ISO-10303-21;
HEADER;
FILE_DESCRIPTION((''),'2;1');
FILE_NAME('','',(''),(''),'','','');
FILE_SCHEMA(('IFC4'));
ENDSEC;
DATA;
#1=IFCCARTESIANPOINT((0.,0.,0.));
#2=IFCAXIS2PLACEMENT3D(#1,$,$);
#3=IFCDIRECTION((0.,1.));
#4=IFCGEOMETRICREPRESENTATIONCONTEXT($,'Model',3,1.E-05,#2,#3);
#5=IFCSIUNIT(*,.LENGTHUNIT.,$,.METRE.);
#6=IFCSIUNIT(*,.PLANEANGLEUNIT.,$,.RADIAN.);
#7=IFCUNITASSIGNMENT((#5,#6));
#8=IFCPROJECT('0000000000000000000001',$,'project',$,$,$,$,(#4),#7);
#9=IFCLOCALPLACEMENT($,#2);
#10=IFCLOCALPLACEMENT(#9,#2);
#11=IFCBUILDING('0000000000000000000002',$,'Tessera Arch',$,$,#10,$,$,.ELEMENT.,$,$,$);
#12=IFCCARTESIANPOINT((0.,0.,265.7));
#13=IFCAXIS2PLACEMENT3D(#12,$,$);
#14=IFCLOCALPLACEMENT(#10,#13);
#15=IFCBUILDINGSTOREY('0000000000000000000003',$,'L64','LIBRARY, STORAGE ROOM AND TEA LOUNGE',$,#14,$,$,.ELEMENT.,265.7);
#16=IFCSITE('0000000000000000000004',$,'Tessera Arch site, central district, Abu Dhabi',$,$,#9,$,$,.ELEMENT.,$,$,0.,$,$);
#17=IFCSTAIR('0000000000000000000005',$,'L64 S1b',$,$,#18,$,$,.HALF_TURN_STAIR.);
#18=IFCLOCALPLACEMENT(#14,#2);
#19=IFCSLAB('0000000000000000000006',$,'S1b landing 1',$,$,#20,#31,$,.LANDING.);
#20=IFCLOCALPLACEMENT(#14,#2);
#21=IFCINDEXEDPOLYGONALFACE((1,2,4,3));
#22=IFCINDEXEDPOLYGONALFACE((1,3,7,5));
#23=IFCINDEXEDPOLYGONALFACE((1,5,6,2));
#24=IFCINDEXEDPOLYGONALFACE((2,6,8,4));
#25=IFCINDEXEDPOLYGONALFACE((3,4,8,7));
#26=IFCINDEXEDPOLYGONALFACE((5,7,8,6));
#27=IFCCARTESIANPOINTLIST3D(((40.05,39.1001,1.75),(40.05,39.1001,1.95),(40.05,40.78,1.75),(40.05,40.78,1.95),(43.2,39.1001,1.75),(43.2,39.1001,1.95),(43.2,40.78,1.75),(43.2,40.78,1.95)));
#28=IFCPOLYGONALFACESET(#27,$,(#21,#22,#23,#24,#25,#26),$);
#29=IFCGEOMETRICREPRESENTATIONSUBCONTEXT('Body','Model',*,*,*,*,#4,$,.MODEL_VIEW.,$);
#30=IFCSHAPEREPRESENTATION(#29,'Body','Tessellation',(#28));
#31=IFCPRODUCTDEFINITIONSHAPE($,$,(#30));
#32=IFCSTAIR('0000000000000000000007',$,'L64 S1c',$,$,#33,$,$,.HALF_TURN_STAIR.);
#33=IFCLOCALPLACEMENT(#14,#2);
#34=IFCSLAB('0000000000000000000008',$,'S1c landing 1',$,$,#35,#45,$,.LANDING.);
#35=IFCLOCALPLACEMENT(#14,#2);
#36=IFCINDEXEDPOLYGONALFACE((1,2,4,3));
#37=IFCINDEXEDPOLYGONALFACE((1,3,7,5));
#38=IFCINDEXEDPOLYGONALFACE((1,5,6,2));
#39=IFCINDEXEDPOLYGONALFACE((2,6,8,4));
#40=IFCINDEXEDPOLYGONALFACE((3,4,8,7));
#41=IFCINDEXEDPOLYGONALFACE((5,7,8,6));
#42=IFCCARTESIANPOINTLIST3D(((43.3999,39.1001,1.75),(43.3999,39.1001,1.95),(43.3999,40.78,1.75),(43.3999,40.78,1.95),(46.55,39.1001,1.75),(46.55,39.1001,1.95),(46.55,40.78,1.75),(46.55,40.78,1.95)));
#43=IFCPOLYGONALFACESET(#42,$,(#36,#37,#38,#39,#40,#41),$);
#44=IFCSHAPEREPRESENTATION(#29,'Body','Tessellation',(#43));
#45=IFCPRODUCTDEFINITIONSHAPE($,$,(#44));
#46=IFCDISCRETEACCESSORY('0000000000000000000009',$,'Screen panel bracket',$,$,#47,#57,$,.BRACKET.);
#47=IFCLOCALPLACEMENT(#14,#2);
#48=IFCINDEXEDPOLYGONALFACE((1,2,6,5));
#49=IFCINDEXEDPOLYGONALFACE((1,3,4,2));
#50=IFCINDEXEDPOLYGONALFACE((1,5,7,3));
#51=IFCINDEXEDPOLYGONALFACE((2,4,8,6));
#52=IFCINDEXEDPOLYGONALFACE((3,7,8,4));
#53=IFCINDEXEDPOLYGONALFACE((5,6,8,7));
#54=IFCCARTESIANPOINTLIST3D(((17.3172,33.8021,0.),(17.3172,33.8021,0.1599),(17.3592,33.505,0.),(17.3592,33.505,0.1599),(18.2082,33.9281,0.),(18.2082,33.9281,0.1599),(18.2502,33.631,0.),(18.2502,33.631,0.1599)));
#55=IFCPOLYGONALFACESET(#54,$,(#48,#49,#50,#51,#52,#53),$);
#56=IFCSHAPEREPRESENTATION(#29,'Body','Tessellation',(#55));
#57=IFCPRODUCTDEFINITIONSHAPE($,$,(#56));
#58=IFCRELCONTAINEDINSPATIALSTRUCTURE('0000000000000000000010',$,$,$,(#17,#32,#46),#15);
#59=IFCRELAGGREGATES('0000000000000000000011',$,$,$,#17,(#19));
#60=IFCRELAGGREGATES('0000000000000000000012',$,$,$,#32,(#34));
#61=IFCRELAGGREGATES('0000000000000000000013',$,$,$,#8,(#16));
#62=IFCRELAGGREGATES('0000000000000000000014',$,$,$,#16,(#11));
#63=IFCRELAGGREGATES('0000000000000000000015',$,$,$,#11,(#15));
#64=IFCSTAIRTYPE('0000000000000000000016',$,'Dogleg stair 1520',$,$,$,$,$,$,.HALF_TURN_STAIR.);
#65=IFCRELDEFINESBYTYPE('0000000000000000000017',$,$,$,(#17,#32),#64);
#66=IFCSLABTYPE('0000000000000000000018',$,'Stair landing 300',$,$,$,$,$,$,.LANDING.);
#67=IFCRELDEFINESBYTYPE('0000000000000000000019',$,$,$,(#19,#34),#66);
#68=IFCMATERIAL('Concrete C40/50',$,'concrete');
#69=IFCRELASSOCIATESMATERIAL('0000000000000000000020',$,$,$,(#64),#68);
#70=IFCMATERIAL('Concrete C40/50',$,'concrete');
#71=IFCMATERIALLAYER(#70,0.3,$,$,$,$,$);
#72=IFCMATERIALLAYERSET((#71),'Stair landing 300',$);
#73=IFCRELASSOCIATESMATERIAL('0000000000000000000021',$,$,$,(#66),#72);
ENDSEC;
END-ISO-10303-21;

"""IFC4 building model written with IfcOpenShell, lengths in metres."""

from ifc_helpers import new_model, si_unit, direction, frame, origin, origin_2d, place, context, subcontext, project, spatial, polyline, rectangle, outline, extrude, material, layer, layer_set, type_object, element, aggregate, save


model = new_model("IFC4")

# Units and contexts
model_context = context("Model", 3, precision=1e-05, world=origin(), true_north=direction((0.0, 1.0)))
body_context = subcontext(model_context, "Body", "Model", "MODEL_VIEW")
ifc_project = project(units=[si_unit("LENGTHUNIT", "METRE"), si_unit("PLANEANGLEUNIT", "RADIAN")], contexts=[model_context])

# Site, building, storey
site_placement = place(None, origin())
site = spatial("IfcSite", under=ifc_project, at=site_placement, Name="Tessera Arch site, central district, Abu Dhabi", CompositionType="ELEMENT", RefElevation=0.0)
building_placement = place(site_placement, origin())
building = spatial("IfcBuilding", under=site, at=building_placement, Name="Tessera Arch", CompositionType="ELEMENT")
storey_placement = place(building_placement, frame((0.0, 0.0, 265.7)))
storey = spatial("IfcBuildingStorey", under=building, at=storey_placement, Name="L64", Description="LIBRARY, STORAGE ROOM AND TEA LOUNGE", CompositionType="ELEMENT", Elevation=265.7)

# Stairs, slabs
ifc_material_1 = material(Name="Concrete C40/50", Category="concrete")
stair_type = type_object("IfcStairType", Name="Dogleg stair 1520", PredefinedType="HALF_TURN_STAIR", material=ifc_material_1)
ifc_material_2 = material(Name="Concrete C40/50", Category="concrete")
ifc_layer_1 = layer(ifc_material_2, 0.3)
ifc_layer_set_1 = layer_set([ifc_layer_1], Name="Stair landing 300")
slab_type_1 = type_object("IfcSlabType", Name="Stair landing 300", PredefinedType="LANDING", material=ifc_layer_set_1)
stair_1_placement = place(storey_placement, origin())
stair_1 = element("IfcStair", 1, at=stair_1_placement, inside=storey, type_object=stair_type, Name="L64 S1b", PredefinedType="HALF_TURN_STAIR")
slab_1_placement = place(storey_placement, frame((0.0, 0.0, 1.75)))
slab_1 = element("IfcSlab", 2, at=slab_1_placement, type_object=slab_type_1, Name="S1b landing 1", PredefinedType="LANDING", context=body_context, shape_type="SweptSolid", body=[
    extrude(outline(polyline([(40.05, 40.78), (40.05, 39.1001), (43.2, 39.1001), (43.2, 40.78), (40.05, 40.78)])), origin(), (0.0, 0.0, 1.0), 0.2),
])
aggregate(stair_1, [slab_1])
stair_2_placement = place(storey_placement, origin())
stair_2 = element("IfcStair", 3, at=stair_2_placement, inside=storey, type_object=stair_type, Name="L64 S1c", PredefinedType="HALF_TURN_STAIR")
slab_2_placement = place(storey_placement, frame((0.0, 0.0, 1.75)))
slab_2 = element("IfcSlab", 4, at=slab_2_placement, type_object=slab_type_1, Name="S1c landing 1", PredefinedType="LANDING", context=body_context, shape_type="SweptSolid", body=[
    extrude(outline(polyline([(43.3999, 40.78), (43.3999, 39.1001), (46.55, 39.1001), (46.55, 40.78), (43.3999, 40.78)])), origin(), (0.0, 0.0, 1.0), 0.2),
])
aggregate(stair_2, [slab_2])

# Discrete accessory
discrete_accessory_placement = place(storey_placement, frame((17.7837, 33.7166, 0.0), z_axis=(0.0, 0.0, 1.0), x_axis=(-0.990139, -0.140089, 0.0)))
element("IfcDiscreteAccessory", 5, at=discrete_accessory_placement, inside=storey, Name="Screen panel bracket", PredefinedType="BRACKET", context=body_context, shape_type="SweptSolid", body=[
    extrude(rectangle(XDim=0.8999, YDim=0.3, at=origin_2d()), origin(), (0.0, 0.0, 1.0), 0.1599),
])

save(model, "model.ifc")
